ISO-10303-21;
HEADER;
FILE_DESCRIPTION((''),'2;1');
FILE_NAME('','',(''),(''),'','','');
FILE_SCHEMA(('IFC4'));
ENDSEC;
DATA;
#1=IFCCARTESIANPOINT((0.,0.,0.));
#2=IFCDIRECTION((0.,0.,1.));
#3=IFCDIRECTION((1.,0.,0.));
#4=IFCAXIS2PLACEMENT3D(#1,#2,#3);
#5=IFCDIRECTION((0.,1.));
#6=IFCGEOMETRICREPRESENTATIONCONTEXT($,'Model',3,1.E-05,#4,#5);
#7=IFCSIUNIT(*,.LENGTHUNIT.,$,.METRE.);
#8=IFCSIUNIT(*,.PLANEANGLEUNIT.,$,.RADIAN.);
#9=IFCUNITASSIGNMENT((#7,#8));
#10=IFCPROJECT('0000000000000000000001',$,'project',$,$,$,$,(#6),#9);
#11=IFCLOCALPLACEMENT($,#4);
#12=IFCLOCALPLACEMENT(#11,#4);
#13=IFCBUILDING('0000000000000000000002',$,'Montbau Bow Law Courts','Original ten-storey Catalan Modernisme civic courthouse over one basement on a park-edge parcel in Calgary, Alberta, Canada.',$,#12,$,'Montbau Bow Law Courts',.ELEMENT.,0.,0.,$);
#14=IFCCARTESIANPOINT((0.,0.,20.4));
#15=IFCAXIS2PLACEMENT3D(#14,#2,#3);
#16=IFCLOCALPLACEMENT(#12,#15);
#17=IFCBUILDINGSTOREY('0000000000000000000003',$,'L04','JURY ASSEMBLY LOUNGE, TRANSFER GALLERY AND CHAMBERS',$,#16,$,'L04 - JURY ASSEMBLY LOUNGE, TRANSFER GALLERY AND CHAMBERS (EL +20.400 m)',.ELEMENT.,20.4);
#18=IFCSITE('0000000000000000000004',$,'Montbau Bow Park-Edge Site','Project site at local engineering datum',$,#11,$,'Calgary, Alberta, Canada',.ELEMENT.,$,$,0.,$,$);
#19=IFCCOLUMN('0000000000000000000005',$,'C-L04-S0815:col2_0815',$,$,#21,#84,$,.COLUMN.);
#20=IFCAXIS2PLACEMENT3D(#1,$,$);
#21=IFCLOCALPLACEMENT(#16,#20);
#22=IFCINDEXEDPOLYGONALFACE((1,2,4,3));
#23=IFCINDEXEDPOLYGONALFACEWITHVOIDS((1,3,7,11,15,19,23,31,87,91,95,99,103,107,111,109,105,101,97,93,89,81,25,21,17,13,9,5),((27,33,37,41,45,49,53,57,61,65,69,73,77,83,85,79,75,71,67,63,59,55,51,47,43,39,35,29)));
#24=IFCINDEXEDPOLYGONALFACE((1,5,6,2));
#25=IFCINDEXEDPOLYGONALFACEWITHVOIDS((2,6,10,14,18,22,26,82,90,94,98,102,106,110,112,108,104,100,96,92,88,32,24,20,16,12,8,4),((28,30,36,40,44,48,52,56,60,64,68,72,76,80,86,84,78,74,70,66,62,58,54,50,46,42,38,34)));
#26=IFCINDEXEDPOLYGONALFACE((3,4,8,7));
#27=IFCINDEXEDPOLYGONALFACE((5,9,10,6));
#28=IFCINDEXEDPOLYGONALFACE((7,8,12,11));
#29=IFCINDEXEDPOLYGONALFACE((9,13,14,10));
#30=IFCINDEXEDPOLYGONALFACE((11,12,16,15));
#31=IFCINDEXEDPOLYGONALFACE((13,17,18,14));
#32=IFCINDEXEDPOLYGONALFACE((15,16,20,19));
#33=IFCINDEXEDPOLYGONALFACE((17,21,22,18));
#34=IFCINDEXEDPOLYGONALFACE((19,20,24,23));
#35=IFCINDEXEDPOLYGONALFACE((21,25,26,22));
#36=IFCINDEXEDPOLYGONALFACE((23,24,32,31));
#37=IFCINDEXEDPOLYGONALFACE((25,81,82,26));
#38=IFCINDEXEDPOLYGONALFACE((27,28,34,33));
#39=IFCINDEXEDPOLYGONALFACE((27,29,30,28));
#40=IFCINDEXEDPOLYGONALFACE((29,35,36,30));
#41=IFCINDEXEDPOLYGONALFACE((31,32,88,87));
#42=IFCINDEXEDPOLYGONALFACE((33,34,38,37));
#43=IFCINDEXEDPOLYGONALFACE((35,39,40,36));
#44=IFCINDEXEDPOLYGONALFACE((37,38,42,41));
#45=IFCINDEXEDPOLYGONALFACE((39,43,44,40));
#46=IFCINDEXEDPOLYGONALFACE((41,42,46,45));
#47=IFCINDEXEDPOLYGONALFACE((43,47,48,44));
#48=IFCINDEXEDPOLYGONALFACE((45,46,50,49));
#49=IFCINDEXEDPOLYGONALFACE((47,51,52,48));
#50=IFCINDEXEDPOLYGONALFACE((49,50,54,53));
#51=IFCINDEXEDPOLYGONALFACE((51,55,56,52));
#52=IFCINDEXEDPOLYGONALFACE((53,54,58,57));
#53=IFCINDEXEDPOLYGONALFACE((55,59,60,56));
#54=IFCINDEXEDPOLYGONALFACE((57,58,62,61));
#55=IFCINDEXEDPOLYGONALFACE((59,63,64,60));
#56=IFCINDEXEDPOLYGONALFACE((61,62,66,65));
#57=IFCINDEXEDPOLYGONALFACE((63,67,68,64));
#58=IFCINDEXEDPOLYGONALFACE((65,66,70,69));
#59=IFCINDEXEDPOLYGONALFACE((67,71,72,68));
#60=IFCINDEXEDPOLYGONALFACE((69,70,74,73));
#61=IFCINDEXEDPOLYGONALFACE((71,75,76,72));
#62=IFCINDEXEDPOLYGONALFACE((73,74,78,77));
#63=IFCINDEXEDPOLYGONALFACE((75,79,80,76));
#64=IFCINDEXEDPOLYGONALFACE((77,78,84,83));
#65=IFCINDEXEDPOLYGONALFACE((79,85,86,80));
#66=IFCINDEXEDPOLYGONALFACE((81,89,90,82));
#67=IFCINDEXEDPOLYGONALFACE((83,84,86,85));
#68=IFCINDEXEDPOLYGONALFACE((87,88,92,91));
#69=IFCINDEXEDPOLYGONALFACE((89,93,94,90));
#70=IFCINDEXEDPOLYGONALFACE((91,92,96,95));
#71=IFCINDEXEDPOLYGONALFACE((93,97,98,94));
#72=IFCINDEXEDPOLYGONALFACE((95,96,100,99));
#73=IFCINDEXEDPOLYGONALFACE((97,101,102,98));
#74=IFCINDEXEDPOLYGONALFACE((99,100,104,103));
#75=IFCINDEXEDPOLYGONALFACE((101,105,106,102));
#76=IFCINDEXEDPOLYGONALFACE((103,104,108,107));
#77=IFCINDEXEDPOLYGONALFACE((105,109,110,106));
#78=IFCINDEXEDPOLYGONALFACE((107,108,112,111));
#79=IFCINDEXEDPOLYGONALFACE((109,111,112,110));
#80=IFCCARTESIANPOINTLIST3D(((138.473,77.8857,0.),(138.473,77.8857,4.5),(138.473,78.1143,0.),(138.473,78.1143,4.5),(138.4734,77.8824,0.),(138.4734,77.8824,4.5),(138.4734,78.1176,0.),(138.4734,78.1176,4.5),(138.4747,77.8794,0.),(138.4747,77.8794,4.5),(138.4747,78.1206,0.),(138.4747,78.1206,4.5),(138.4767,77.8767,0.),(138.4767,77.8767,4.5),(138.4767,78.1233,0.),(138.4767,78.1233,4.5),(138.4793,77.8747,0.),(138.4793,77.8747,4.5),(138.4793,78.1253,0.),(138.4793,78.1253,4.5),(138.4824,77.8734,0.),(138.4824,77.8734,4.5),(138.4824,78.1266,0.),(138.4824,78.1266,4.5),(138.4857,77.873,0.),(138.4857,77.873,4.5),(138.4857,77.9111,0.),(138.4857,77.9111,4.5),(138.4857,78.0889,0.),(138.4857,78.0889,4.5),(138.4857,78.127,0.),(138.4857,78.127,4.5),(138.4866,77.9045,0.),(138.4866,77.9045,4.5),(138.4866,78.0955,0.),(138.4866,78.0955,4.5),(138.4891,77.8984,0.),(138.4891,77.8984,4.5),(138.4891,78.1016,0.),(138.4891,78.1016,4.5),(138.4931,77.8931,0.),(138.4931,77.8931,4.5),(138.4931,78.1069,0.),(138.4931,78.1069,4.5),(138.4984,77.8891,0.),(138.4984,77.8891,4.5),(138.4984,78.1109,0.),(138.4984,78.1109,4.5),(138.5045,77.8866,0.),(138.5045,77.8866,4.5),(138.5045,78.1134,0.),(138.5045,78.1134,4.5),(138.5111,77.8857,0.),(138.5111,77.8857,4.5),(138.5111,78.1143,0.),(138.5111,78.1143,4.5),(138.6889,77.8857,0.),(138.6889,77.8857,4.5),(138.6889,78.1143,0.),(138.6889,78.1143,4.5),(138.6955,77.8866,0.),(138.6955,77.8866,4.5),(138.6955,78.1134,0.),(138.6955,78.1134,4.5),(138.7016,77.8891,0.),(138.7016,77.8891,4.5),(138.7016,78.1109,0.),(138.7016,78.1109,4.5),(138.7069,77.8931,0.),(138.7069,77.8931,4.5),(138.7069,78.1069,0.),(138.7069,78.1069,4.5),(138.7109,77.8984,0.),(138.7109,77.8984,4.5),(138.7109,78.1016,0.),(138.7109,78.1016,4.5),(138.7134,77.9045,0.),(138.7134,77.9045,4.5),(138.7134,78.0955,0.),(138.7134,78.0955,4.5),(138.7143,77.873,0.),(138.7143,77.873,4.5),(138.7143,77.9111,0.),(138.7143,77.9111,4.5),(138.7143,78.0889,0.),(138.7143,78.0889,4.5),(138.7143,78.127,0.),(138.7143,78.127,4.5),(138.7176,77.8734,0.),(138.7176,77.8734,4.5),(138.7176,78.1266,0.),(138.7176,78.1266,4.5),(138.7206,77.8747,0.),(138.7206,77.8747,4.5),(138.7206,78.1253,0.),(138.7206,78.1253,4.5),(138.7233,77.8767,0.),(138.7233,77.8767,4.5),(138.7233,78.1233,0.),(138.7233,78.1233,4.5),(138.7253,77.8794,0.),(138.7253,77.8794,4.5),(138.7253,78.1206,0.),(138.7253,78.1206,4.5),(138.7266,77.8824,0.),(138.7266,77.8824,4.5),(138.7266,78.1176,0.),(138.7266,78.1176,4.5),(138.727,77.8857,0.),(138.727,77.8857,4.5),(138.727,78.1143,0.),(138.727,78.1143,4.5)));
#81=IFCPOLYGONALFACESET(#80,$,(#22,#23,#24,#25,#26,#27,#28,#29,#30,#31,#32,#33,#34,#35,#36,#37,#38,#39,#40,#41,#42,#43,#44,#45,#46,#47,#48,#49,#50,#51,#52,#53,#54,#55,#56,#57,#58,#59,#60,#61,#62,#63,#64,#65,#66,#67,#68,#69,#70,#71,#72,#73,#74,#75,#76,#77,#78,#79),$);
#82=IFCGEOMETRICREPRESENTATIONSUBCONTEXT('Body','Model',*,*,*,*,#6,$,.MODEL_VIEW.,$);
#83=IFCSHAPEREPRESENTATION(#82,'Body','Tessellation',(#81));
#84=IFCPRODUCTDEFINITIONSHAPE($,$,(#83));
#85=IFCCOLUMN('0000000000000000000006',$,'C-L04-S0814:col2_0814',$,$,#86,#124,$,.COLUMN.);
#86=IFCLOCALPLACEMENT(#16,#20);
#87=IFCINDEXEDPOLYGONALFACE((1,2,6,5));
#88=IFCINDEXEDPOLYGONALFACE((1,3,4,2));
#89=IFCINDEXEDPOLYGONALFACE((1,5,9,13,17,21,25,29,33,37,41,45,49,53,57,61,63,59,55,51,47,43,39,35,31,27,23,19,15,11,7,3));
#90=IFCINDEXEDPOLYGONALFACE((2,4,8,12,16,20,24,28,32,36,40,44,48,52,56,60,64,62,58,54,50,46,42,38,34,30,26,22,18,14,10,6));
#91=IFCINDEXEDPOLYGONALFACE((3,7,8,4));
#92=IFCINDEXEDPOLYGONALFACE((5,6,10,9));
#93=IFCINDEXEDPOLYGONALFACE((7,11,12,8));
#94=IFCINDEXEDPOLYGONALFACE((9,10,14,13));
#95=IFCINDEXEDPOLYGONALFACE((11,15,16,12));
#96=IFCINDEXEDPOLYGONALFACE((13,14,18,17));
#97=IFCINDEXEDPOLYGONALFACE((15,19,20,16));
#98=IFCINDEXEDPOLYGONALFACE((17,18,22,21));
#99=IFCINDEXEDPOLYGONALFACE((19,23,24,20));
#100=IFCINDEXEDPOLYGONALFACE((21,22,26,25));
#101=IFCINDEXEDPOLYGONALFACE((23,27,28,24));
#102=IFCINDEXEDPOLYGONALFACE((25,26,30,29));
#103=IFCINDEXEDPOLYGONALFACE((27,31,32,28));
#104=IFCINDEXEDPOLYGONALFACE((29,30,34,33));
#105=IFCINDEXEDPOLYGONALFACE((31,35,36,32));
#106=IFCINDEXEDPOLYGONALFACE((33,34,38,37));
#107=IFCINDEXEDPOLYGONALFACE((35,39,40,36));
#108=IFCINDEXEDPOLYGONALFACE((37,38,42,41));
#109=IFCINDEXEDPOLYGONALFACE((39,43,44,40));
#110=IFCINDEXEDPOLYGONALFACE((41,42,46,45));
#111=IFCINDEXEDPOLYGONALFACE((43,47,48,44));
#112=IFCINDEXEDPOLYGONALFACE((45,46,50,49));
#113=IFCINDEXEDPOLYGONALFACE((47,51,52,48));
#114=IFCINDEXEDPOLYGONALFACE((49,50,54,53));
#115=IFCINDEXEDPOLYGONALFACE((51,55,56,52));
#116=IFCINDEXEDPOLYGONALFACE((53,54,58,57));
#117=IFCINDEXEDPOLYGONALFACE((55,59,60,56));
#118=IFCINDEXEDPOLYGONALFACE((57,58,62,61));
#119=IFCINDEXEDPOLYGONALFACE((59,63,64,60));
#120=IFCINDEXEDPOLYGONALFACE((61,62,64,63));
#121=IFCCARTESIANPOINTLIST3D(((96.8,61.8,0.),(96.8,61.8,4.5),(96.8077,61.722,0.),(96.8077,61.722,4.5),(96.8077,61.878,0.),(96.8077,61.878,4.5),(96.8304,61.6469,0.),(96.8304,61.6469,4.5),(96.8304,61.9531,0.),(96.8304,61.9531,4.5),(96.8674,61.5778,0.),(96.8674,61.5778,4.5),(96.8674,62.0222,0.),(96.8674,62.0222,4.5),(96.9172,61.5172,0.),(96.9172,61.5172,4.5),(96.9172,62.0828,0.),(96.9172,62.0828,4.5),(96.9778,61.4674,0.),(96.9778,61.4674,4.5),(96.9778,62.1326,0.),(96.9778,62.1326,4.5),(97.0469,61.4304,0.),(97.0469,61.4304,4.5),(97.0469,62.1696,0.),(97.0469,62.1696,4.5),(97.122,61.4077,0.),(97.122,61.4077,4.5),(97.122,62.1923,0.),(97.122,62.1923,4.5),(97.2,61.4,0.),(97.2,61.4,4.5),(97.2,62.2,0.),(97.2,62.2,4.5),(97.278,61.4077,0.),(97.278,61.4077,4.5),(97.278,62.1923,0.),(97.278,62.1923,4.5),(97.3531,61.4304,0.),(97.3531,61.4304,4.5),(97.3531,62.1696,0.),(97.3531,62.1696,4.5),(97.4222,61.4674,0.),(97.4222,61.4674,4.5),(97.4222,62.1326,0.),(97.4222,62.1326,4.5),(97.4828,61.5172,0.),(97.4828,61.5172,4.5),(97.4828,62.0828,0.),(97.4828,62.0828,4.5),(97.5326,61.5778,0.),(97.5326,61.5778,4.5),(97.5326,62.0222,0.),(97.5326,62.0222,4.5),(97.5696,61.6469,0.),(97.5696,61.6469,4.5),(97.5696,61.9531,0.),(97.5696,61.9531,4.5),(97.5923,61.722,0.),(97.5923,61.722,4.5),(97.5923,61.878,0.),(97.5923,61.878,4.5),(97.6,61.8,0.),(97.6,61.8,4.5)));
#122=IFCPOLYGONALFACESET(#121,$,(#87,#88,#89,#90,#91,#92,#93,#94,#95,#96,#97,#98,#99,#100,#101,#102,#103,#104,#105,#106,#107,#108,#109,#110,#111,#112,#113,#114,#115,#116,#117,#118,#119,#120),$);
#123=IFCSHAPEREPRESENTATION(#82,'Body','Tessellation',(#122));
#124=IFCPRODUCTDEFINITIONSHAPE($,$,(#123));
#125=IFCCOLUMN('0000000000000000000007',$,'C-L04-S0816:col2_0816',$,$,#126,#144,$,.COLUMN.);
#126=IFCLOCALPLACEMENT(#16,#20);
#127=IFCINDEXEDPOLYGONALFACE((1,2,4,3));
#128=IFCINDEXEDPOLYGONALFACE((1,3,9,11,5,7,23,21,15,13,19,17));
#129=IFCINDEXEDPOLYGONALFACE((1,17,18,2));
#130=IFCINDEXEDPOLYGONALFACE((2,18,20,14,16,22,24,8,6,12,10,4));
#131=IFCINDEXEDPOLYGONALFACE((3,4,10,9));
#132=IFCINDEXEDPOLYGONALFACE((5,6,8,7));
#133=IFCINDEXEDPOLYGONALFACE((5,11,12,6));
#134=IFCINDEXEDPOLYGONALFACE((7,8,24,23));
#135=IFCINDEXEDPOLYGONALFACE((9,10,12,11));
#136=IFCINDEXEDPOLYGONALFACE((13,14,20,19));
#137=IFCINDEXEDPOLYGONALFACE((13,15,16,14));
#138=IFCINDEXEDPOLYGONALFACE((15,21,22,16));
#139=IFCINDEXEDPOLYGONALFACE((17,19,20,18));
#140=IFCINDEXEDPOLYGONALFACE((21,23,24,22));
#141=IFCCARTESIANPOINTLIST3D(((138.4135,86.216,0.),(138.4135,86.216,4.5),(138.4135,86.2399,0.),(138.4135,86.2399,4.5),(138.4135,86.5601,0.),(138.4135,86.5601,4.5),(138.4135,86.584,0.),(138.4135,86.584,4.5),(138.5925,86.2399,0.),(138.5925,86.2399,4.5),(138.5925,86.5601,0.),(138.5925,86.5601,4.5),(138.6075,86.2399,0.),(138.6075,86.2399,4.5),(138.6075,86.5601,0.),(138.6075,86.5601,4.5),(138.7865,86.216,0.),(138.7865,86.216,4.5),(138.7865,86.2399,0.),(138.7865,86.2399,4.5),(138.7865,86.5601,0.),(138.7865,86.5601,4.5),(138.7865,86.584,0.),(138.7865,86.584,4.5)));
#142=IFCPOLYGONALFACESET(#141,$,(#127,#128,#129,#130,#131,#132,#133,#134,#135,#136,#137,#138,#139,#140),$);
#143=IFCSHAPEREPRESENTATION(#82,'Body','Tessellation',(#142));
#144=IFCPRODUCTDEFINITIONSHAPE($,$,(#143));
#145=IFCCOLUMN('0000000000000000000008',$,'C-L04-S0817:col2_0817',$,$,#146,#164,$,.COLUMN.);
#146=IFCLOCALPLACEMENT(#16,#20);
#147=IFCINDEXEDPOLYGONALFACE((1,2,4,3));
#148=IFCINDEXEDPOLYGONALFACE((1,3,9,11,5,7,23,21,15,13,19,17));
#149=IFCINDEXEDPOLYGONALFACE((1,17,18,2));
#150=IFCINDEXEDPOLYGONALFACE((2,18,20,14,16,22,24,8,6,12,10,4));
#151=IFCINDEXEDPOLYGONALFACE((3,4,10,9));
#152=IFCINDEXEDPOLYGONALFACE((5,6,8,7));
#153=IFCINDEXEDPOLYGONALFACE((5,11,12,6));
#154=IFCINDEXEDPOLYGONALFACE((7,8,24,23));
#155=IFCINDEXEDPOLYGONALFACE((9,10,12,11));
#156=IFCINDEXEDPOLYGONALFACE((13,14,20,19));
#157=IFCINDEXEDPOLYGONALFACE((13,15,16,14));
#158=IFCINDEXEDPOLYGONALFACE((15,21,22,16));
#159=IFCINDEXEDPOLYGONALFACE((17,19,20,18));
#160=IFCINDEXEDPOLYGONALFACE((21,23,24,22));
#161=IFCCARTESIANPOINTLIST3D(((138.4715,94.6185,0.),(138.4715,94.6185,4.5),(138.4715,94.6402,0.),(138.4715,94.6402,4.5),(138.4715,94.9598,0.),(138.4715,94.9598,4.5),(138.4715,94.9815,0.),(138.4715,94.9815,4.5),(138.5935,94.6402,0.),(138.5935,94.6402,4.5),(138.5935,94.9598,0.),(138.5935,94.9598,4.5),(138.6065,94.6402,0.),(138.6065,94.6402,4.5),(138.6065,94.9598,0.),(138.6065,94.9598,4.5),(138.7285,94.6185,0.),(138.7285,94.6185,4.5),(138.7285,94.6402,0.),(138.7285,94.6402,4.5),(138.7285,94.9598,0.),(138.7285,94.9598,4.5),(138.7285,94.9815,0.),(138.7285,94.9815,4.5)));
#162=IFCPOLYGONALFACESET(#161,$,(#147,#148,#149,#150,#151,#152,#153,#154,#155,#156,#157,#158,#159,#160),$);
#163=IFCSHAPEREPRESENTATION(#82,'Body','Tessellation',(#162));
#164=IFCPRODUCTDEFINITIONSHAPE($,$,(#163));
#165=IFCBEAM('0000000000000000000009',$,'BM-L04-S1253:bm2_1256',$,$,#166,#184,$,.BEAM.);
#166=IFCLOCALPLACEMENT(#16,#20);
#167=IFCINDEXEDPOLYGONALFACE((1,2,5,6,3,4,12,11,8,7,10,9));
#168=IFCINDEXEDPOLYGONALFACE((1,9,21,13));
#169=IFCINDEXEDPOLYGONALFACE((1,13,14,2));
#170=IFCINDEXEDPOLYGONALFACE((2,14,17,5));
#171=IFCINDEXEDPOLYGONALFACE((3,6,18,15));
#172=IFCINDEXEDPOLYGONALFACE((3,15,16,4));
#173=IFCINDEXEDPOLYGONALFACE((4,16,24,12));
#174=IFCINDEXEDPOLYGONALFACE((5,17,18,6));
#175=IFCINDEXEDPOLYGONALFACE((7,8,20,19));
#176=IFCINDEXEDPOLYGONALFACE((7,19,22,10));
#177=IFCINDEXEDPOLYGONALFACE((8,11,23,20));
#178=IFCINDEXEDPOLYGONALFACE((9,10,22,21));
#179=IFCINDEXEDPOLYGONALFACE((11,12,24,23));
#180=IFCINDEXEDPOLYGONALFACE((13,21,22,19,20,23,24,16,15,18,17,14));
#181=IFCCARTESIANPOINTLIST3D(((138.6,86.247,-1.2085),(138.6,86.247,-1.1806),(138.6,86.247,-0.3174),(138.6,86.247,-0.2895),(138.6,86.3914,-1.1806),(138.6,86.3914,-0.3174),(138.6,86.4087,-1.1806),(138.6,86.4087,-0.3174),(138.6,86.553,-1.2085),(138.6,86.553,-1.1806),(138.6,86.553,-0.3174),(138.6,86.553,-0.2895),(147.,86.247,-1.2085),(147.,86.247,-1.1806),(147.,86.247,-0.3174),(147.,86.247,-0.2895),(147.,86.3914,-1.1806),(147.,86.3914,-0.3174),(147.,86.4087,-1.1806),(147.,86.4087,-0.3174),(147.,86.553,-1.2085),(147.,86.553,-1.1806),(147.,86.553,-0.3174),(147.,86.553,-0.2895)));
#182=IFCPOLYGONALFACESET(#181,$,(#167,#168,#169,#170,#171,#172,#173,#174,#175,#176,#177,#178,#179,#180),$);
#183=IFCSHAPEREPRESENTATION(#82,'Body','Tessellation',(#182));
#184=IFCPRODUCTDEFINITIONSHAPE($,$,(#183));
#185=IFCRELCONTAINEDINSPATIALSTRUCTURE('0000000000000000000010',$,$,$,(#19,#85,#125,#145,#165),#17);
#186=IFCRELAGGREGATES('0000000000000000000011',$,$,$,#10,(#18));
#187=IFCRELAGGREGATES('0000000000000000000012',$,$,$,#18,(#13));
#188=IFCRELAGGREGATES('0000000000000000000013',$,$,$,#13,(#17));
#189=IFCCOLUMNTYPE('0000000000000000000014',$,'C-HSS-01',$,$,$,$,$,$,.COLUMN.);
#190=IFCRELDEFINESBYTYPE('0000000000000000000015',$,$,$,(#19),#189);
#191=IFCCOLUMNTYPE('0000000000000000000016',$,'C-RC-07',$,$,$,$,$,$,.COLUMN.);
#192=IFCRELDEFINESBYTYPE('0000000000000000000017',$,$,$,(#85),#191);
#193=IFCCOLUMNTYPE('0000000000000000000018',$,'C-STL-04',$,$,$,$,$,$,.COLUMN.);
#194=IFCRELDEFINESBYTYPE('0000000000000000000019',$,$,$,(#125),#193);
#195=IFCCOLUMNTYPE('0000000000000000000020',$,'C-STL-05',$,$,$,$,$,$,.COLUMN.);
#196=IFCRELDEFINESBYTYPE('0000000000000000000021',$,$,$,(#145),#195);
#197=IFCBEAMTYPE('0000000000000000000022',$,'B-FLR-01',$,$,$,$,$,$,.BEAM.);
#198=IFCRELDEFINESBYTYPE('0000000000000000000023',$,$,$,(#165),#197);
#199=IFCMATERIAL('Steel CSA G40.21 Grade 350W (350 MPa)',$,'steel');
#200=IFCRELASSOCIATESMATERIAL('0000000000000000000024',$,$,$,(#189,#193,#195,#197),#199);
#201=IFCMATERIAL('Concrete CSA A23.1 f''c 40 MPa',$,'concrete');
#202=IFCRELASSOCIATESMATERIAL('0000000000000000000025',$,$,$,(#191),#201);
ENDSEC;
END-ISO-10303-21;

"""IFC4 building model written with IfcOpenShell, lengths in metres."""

from ifc_helpers import new_model, si_unit, direction, frame, origin_with_axes, origin_2d_with_axis, place, context, subcontext, project, spatial, hollow_rectangle, circle, i_section, extrude, material, material_profile, profile_set, type_object, element, save


model = new_model("IFC4")

# Units and contexts
model_context = context("Model", 3, precision=1e-05, world=origin_with_axes(), true_north=direction((0.0, 1.0)))
body_context = subcontext(model_context, "Body", "Model", "MODEL_VIEW")
ifc_project = project(units=[si_unit("LENGTHUNIT", "METRE"), si_unit("PLANEANGLEUNIT", "RADIAN")], contexts=[model_context])

# Site, building, storey
site_placement = place(None, origin_with_axes())
site = spatial("IfcSite", under=ifc_project, at=site_placement, Name="Montbau Bow Park-Edge Site", Description="Project site at local engineering datum", LongName="Calgary, Alberta, Canada", CompositionType="ELEMENT", RefElevation=0.0)
building_placement = place(site_placement, origin_with_axes())
building = spatial("IfcBuilding", under=site, at=building_placement, Name="Montbau Bow Law Courts", Description="Original ten-storey Catalan Modernisme civic courthouse over one basement on a park-edge parcel in Calgary, Alberta, Canada.", LongName="Montbau Bow Law Courts", CompositionType="ELEMENT", ElevationOfRefHeight=0.0, ElevationOfTerrain=0.0)
storey_placement = place(building_placement, frame((0.0, 0.0, 20.4), z_axis=(0.0, 0.0, 1.0), x_axis=(1.0, 0.0, 0.0)))
storey = spatial("IfcBuildingStorey", under=building, at=storey_placement, Name="L04", Description="JURY ASSEMBLY LOUNGE, TRANSFER GALLERY AND CHAMBERS", LongName="L04 - JURY ASSEMBLY LOUNGE, TRANSFER GALLERY AND CHAMBERS (EL +20.400 m)", CompositionType="ELEMENT", Elevation=20.4)

# Columns
ifc_material_1 = material(Name="Steel CSA G40.21 Grade 350W (350 MPa)", Category="steel")
ifc_material_profile_1 = material_profile(ifc_material_1, hollow_rectangle(XDim=0.254, YDim=0.254, WallThickness=0.0127, InnerFilletRadius=0.0254, OuterFilletRadius=0.0127, at=origin_2d_with_axis()), Name="HSS254X254X13", Category="Main", Priority=0)
ifc_profile_set_1 = profile_set([ifc_material_profile_1], Name="Steel CSA G40.21 Grade 350W (350 MPa)")
column_type_1 = type_object("IfcColumnType", Name="C-HSS-01", PredefinedType="COLUMN", material=ifc_profile_set_1)
column_1_placement = place(None, frame((138.6, 78.0, 20.4), z_axis=(0.0, 0.0, 1.0), x_axis=(1.0, 0.0, 0.0)))
element("IfcColumn", 1, at=column_1_placement, inside=storey, type_object=column_type_1, Name="C-L04-S0815:col2_0815", PredefinedType="COLUMN", context=body_context, shape_type="SweptSolid", body=[
    extrude(hollow_rectangle(XDim=0.254, YDim=0.254, WallThickness=0.0127, InnerFilletRadius=0.0254, OuterFilletRadius=0.0127, at=origin_2d_with_axis()), origin_with_axes(), (0.0, 0.0, 1.0), 4.5),
])
ifc_material_2 = material(Name="Concrete CSA A23.1 f'c 40 MPa", Category="concrete")
ifc_material_profile_2 = material_profile(ifc_material_2, circle(Radius=0.4, at=origin_2d_with_axis()), Name="RC800D", Category="Main", Priority=0)
ifc_profile_set_2 = profile_set([ifc_material_profile_2], Name="Concrete CSA A23.1 f'c 40 MPa")
column_type_2 = type_object("IfcColumnType", Name="C-RC-07", PredefinedType="COLUMN", material=ifc_profile_set_2)
column_2_placement = place(None, frame((97.2, 61.8, 20.4), z_axis=(0.0, 0.0, 1.0), x_axis=(1.0, 0.0, 0.0)))
element("IfcColumn", 2, at=column_2_placement, inside=storey, type_object=column_type_2, Name="C-L04-S0814:col2_0814", PredefinedType="COLUMN", context=body_context, shape_type="SweptSolid", body=[
    extrude(circle(Radius=0.4, at=origin_2d_with_axis()), origin_with_axes(), (0.0, 0.0, 1.0), 4.5),
])
ifc_material_profile_3 = material_profile(ifc_material_1, i_section(OverallWidth=0.373, OverallDepth=0.368, WebThickness=0.015, FlangeThickness=0.0239, at=origin_2d_with_axis()), Name="W360X179", Category="Main", Priority=0)
ifc_profile_set_3 = profile_set([ifc_material_profile_3], Name="Steel CSA G40.21 Grade 350W (350 MPa)")
column_type_3 = type_object("IfcColumnType", Name="C-STL-04", PredefinedType="COLUMN", material=ifc_profile_set_3)
column_3_placement = place(None, frame((138.6, 86.4, 20.4), z_axis=(0.0, 0.0, 1.0), x_axis=(1.0, 0.0, 0.0)))
element("IfcColumn", 3, at=column_3_placement, inside=storey, type_object=column_type_3, Name="C-L04-S0816:col2_0816", PredefinedType="COLUMN", context=body_context, shape_type="SweptSolid", body=[
    extrude(i_section(OverallWidth=0.373, OverallDepth=0.368, WebThickness=0.015, FlangeThickness=0.0239, at=origin_2d_with_axis()), origin_with_axes(), (0.0, 0.0, 1.0), 4.5),
])
ifc_material_profile_4 = material_profile(ifc_material_1, i_section(OverallWidth=0.257, OverallDepth=0.363, WebThickness=0.013, FlangeThickness=0.0217, at=origin_2d_with_axis()), Name="W360X122", Category="Main", Priority=0)
ifc_profile_set_4 = profile_set([ifc_material_profile_4], Name="Steel CSA G40.21 Grade 350W (350 MPa)")
column_type_4 = type_object("IfcColumnType", Name="C-STL-05", PredefinedType="COLUMN", material=ifc_profile_set_4)
column_4_placement = place(None, frame((138.6, 94.8, 20.4), z_axis=(0.0, 0.0, 1.0), x_axis=(1.0, 0.0, 0.0)))
element("IfcColumn", 4, at=column_4_placement, inside=storey, type_object=column_type_4, Name="C-L04-S0817:col2_0817", PredefinedType="COLUMN", context=body_context, shape_type="SweptSolid", body=[
    extrude(i_section(OverallWidth=0.257, OverallDepth=0.363, WebThickness=0.013, FlangeThickness=0.0217, at=origin_2d_with_axis()), origin_with_axes(), (0.0, 0.0, 1.0), 4.5),
])

# Beam
ifc_material_profile_5 = material_profile(ifc_material_1, i_section(OverallWidth=0.306, OverallDepth=0.919, WebThickness=0.0173, FlangeThickness=0.0279, at=origin_2d_with_axis()), Name="W920X253", Category="Main", Priority=0)
ifc_profile_set_5 = profile_set([ifc_material_profile_5], Name="Steel CSA G40.21 Grade 350W (350 MPa)")
beam_type_1 = type_object("IfcBeamType", Name="B-FLR-01", PredefinedType="BEAM", material=ifc_profile_set_5)
beam_1_placement = place(None, frame((138.6, 86.4, 19.651), z_axis=(1.0, 0.0, 0.0), x_axis=(0.0, 1.0, 0.0)))
element("IfcBeam", 5, at=beam_1_placement, inside=storey, type_object=beam_type_1, Name="BM-L04-S1253:bm2_1256", PredefinedType="BEAM", context=body_context, shape_type="SweptSolid", body=[
    extrude(i_section(OverallWidth=0.306, OverallDepth=0.919, WebThickness=0.0173, FlangeThickness=0.0279, at=origin_2d_with_axis()), origin_with_axes(), (0.0, 0.0, 1.0), 8.4),
])

save(model, "model.ifc")
